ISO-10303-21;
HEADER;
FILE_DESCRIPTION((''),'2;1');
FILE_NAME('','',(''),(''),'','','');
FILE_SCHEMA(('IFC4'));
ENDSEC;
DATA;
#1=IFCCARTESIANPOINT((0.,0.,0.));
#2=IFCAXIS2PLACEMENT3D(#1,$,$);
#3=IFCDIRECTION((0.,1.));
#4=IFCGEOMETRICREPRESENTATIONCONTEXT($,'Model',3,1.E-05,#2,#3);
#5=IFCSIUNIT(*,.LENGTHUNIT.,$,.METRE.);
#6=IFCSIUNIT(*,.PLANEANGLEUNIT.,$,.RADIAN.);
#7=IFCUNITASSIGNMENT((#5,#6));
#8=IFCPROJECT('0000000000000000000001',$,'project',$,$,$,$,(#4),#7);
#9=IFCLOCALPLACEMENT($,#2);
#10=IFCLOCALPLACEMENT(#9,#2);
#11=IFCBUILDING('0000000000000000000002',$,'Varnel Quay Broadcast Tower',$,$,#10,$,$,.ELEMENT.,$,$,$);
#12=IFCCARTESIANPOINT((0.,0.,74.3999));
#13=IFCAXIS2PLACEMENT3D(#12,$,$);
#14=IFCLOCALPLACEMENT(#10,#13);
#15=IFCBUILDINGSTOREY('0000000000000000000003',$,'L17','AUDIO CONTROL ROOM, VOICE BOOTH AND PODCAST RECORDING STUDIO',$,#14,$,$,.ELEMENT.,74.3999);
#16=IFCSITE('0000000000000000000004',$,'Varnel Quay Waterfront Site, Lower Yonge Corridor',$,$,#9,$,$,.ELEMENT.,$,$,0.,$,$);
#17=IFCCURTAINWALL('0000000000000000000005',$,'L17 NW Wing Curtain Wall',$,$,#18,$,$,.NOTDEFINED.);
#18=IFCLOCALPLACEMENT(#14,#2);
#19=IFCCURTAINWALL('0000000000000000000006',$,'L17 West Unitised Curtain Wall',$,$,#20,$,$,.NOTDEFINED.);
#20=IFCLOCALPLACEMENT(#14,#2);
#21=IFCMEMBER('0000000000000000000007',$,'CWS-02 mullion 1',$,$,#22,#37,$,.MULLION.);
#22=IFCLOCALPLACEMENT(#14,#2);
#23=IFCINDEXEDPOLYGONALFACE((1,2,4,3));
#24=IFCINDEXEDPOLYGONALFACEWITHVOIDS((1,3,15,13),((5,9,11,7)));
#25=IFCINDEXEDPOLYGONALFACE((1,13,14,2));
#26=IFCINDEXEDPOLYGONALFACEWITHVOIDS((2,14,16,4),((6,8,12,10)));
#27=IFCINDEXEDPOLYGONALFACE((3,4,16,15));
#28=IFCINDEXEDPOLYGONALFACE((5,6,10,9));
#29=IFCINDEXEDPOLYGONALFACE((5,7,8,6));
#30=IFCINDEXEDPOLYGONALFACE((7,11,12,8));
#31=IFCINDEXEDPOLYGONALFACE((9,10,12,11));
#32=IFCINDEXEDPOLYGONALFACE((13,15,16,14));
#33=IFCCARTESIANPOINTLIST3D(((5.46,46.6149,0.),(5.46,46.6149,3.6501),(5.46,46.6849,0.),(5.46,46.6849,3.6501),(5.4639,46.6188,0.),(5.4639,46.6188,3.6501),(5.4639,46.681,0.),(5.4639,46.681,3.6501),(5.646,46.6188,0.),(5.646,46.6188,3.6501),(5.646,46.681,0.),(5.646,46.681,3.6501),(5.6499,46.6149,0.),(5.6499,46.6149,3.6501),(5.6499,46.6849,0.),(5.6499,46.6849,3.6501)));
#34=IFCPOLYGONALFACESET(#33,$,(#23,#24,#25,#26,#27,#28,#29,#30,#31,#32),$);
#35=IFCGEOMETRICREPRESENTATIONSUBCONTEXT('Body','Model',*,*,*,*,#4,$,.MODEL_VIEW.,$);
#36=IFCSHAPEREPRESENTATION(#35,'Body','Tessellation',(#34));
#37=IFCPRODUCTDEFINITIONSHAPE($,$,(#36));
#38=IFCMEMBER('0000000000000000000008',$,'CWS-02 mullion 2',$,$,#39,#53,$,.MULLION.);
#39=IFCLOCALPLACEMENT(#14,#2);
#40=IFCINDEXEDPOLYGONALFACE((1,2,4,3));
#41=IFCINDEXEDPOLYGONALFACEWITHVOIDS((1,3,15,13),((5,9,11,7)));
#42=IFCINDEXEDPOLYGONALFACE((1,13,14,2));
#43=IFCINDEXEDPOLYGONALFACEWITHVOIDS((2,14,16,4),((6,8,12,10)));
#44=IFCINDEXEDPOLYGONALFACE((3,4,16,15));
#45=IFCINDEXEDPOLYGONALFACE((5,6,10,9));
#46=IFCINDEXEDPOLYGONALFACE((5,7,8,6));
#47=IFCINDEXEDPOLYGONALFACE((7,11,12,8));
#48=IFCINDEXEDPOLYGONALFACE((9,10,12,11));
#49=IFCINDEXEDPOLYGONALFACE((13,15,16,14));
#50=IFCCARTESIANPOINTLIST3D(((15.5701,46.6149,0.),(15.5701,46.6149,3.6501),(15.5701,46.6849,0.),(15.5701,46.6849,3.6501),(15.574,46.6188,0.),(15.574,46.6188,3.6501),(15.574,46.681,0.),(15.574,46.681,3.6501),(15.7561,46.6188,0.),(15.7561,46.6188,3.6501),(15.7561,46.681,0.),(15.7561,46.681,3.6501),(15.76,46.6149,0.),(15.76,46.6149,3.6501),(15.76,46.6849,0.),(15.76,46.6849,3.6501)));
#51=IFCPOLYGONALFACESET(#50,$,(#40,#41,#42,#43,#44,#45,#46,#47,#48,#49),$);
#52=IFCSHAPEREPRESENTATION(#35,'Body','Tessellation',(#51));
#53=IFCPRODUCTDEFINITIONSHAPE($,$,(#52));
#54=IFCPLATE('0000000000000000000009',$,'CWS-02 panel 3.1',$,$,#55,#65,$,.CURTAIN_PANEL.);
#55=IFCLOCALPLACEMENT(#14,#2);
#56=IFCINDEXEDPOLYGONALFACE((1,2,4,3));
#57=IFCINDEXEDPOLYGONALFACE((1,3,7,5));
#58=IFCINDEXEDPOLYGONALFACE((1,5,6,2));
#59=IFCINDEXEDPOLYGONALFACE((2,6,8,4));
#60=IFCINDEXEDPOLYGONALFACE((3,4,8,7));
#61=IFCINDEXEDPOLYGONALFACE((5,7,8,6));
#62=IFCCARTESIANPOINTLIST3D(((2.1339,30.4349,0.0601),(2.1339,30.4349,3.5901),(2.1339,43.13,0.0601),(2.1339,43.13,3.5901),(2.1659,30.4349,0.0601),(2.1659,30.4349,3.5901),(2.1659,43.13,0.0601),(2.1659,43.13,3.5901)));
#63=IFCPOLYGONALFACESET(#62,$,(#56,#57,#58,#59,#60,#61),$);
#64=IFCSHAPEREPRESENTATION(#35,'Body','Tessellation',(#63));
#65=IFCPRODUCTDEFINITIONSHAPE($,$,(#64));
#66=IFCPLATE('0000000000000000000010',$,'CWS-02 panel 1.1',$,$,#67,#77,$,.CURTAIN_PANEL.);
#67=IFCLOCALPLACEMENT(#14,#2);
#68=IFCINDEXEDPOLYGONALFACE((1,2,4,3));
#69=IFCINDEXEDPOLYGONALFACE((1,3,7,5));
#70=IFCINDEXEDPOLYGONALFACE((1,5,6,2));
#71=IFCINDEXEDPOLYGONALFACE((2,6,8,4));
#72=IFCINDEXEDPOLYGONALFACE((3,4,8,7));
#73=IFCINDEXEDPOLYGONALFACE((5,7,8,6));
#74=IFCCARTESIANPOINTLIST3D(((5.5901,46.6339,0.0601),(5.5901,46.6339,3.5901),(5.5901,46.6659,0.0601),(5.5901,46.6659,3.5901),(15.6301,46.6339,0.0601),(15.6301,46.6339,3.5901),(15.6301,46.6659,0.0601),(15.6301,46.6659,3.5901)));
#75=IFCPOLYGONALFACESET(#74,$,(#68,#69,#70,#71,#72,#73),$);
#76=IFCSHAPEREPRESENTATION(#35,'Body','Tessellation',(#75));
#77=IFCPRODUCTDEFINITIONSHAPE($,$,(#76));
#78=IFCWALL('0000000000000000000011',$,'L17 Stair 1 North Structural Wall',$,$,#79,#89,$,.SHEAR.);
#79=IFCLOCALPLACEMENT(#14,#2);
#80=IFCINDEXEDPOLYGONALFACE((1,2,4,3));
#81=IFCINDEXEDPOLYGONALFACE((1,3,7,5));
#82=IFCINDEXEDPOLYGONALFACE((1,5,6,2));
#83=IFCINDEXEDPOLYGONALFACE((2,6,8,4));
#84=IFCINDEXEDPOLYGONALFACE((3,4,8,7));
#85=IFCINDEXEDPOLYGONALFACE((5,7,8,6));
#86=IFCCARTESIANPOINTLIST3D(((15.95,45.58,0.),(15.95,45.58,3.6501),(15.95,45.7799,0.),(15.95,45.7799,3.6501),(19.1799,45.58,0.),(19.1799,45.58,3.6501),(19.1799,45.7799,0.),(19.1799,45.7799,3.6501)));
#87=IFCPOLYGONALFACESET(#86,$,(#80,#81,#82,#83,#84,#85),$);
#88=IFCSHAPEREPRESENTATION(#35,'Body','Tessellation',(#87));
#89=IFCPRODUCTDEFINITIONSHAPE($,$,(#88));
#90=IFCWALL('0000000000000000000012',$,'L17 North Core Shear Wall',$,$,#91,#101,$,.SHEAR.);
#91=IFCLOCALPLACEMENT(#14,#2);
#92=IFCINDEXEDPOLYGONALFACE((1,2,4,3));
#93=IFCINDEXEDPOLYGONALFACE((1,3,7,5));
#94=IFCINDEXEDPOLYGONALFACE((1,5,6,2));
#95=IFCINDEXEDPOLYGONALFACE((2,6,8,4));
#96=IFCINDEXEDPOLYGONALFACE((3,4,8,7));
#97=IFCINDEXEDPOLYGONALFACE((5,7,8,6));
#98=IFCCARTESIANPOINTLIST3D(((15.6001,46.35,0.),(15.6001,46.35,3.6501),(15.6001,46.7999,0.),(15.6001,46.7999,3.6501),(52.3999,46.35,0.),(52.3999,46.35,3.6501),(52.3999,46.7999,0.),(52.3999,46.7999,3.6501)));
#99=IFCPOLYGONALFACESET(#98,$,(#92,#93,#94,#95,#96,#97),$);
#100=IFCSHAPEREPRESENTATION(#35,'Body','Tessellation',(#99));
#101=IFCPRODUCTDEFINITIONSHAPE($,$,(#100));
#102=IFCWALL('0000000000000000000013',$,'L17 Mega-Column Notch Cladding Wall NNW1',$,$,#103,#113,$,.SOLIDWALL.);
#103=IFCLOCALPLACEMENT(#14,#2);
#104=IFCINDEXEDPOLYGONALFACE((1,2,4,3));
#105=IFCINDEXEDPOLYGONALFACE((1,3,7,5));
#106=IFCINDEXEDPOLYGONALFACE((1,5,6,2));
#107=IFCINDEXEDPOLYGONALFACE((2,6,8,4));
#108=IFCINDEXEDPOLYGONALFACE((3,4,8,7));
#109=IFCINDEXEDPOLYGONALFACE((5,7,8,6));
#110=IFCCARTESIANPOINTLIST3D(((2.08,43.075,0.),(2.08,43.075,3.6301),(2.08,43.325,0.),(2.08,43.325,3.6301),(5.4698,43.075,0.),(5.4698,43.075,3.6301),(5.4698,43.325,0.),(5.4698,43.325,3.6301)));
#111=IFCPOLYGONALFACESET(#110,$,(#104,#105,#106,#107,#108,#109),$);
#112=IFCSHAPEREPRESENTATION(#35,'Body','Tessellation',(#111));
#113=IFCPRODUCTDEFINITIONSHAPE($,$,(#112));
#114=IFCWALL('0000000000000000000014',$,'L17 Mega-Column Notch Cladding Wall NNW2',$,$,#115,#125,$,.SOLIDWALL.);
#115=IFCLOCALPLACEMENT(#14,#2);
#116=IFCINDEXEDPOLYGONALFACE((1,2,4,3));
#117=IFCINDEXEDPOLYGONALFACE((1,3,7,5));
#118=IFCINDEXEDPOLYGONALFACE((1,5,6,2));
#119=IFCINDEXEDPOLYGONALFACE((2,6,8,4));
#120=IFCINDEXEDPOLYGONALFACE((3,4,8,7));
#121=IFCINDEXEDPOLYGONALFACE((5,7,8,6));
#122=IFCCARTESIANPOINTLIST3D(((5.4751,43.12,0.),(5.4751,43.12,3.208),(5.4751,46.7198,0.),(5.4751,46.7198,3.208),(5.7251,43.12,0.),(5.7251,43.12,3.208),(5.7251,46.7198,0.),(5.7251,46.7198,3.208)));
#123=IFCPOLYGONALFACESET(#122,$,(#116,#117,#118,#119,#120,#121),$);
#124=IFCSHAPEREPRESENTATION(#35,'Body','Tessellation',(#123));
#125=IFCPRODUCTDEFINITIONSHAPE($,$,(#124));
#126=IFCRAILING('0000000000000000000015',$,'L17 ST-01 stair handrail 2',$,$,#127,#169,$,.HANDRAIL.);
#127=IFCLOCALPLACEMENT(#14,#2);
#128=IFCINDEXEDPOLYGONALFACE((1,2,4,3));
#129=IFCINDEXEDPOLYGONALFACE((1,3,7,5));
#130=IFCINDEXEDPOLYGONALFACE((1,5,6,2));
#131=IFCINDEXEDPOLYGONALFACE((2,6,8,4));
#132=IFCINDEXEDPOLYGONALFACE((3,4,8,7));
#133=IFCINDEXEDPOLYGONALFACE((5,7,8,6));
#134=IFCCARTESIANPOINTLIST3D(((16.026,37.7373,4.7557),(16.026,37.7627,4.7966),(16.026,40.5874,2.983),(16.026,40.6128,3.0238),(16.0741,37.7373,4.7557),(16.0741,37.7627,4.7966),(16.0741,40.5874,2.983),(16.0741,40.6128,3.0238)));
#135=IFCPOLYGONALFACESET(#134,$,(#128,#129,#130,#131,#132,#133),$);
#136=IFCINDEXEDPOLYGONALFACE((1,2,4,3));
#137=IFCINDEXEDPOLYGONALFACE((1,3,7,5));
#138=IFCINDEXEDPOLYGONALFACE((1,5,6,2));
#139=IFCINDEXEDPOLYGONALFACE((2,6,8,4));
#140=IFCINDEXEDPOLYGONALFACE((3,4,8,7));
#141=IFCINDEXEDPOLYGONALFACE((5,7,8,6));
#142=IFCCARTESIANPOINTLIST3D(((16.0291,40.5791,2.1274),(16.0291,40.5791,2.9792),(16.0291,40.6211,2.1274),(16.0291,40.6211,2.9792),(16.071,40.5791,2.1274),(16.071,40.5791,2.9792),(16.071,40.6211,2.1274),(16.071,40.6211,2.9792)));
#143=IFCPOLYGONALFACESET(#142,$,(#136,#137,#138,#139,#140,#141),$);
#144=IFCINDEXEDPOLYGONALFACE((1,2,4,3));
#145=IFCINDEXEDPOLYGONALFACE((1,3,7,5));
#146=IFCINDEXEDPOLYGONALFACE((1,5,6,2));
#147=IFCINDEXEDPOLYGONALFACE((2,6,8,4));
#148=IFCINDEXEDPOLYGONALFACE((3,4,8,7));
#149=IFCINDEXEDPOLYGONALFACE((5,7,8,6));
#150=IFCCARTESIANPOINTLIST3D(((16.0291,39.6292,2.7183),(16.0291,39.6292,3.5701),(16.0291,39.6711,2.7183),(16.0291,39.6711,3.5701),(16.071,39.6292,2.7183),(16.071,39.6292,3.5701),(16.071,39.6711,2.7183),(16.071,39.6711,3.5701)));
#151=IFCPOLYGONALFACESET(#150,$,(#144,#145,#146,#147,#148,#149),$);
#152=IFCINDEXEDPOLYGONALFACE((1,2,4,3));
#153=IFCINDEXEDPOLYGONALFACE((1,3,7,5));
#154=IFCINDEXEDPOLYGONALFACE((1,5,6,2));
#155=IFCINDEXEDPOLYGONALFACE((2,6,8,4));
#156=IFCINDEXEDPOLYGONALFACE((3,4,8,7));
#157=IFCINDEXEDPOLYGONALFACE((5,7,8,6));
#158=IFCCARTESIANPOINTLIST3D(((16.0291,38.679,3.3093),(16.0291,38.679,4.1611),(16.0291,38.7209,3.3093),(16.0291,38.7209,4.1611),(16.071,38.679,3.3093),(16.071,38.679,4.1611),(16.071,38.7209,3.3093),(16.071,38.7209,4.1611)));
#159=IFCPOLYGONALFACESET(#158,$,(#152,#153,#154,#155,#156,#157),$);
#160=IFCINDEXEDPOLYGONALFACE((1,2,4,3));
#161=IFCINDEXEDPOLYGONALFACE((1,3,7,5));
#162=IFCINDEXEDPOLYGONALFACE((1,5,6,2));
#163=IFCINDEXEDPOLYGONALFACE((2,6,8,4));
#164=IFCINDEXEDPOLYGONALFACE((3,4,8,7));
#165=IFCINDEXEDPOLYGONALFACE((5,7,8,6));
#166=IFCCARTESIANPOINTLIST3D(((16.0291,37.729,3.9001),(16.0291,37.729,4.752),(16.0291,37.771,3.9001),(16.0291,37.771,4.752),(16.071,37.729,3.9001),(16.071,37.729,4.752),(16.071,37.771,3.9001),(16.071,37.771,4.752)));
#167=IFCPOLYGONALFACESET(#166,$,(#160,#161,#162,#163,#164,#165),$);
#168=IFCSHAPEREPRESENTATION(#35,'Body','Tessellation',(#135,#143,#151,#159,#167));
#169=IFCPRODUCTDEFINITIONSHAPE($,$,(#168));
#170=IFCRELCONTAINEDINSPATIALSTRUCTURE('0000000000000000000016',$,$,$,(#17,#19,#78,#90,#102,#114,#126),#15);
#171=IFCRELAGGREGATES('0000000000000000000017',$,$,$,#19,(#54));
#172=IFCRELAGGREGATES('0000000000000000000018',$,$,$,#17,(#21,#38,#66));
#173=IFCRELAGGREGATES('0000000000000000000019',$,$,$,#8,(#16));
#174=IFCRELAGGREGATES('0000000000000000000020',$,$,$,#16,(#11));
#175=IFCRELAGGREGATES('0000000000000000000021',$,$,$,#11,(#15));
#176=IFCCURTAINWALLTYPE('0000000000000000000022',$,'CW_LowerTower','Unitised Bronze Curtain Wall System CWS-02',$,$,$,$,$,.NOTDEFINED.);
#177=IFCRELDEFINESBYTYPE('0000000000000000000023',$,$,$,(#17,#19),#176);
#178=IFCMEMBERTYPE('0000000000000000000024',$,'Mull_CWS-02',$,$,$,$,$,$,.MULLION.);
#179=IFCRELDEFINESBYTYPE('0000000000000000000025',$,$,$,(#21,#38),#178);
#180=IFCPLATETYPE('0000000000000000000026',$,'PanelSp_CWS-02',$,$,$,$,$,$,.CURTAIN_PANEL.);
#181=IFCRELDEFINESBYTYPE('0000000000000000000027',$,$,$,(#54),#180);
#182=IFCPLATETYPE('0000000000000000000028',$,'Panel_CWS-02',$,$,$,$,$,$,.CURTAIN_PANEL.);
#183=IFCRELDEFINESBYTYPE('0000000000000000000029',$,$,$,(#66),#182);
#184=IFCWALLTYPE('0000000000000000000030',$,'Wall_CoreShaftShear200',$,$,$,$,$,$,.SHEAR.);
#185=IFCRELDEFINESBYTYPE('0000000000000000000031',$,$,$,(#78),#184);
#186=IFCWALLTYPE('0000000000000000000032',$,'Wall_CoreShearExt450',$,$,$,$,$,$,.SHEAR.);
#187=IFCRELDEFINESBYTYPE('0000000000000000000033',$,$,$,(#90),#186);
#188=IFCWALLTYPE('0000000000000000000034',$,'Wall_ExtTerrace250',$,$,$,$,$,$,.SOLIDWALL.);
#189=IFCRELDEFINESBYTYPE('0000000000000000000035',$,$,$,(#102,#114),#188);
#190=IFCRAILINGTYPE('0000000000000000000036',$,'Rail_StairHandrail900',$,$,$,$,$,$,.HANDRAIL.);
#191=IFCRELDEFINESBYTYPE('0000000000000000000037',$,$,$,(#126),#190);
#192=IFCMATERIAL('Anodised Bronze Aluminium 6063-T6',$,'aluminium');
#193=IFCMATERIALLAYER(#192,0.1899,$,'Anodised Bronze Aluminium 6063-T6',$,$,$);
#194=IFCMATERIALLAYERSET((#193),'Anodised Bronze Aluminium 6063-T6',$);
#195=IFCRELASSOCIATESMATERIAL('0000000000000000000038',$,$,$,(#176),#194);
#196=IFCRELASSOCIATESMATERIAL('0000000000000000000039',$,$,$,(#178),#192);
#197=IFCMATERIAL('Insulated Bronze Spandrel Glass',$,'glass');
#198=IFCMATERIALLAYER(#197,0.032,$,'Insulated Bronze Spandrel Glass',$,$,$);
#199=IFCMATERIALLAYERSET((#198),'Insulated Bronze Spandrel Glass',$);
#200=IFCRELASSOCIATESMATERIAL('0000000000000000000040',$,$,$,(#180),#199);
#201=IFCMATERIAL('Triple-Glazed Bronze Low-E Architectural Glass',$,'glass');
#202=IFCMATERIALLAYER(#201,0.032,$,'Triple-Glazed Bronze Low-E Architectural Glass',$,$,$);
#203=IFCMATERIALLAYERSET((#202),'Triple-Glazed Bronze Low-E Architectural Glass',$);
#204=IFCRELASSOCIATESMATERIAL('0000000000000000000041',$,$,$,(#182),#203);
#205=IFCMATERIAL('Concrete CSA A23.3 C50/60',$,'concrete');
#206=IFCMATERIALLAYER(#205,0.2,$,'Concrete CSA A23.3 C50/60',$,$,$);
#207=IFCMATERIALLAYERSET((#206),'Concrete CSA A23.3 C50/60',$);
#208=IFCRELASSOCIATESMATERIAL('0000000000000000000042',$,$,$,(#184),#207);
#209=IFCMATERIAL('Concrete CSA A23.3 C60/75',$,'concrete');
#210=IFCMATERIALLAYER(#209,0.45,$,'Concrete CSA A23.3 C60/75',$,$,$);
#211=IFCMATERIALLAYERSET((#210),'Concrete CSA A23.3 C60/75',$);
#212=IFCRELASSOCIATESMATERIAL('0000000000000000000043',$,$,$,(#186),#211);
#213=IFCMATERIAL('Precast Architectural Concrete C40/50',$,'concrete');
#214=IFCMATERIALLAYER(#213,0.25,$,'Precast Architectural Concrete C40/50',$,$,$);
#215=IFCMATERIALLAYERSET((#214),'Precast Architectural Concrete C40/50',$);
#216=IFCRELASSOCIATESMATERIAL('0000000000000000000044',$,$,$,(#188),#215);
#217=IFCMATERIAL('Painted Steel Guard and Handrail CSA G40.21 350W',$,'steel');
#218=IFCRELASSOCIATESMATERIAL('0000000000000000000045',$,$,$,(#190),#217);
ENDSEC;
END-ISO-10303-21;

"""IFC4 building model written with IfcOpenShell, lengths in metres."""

from ifc_helpers import new_model, si_unit, direction, frame, frame_2d, origin, origin_2d, place, context, subcontext, project, spatial, rectangle, hollow_rectangle, extrude, source, transform, mapped, material, layer, layer_set, material_profile, profile_set, type_object, type_shapes, element, aggregate, save


model = new_model("IFC4")

# Units and contexts
model_context = context("Model", 3, precision=1e-05, world=origin(), true_north=direction((0.0, 1.0)))
body_context = subcontext(model_context, "Body", "Model", "MODEL_VIEW")
ifc_project = project(units=[si_unit("LENGTHUNIT", "METRE"), si_unit("PLANEANGLEUNIT", "RADIAN")], contexts=[model_context])

# Site, building, storey
site_placement = place(None, origin())
site = spatial("IfcSite", under=ifc_project, at=site_placement, Name="Varnel Quay Waterfront Site, Lower Yonge Corridor", CompositionType="ELEMENT", RefElevation=0.0)
building_placement = place(site_placement, origin())
building = spatial("IfcBuilding", under=site, at=building_placement, Name="Varnel Quay Broadcast Tower", CompositionType="ELEMENT")
storey_placement = place(building_placement, frame((0.0, 0.0, 74.3999)))
storey = spatial("IfcBuildingStorey", under=building, at=storey_placement, Name="L17", Description="AUDIO CONTROL ROOM, VOICE BOOTH AND PODCAST RECORDING STUDIO", CompositionType="ELEMENT", Elevation=74.3999)

# Curtain wall
ifc_material_1 = material(Name="Anodised Bronze Aluminium 6063-T6", Category="aluminium")
ifc_layer_1 = layer(ifc_material_1, 0.1899, Name="Anodised Bronze Aluminium 6063-T6")
ifc_layer_set_1 = layer_set([ifc_layer_1], Name="Anodised Bronze Aluminium 6063-T6")
curtain_wall_type = type_object("IfcCurtainWallType", Name="CW_LowerTower", Description="Unitised Bronze Curtain Wall System CWS-02", PredefinedType="NOTDEFINED", material=ifc_layer_set_1)
curtain_wall_1_placement = place(storey_placement, origin())
curtain_wall_1 = element("IfcCurtainWall", 1, at=curtain_wall_1_placement, inside=storey, type_object=curtain_wall_type, Name="L17 NW Wing Curtain Wall", PredefinedType="NOTDEFINED")

# Curtain wall
curtain_wall_2_placement = place(storey_placement, origin())
curtain_wall_2 = element("IfcCurtainWall", 2, at=curtain_wall_2_placement, inside=storey, type_object=curtain_wall_type, Name="L17 West Unitised Curtain Wall", PredefinedType="NOTDEFINED")
ifc_material_profile_1 = material_profile(ifc_material_1, hollow_rectangle(XDim=0.0701, YDim=0.1899, WallThickness=0.0039, at=origin_2d()), Name="ALU70X190X4")
ifc_profile_set_1 = profile_set([ifc_material_profile_1], Name="Anodised Bronze Aluminium 6063-T6")
member_type_1 = type_object("IfcMemberType", Name="Mull_CWS-02", PredefinedType="MULLION", material=ifc_profile_set_1)
shared_shape_1 = source(origin(), body_context, "Body", "SweptSolid", [
    extrude(hollow_rectangle(XDim=0.0701, YDim=0.1899, WallThickness=0.0039, at=origin_2d()), origin(), (0.0, 0.0, 1.0), 3.6501),
])
type_shapes(member_type_1, [shared_shape_1])

# Members
member_1_placement = place(storey_placement, frame((5.5549, 46.6499, 0.0), z_axis=(0.0, 0.0, 1.0), x_axis=(0.0, 1.0, 0.0)))
member_1 = element("IfcMember", 3, at=member_1_placement, type_object=member_type_1, Name="CWS-02 mullion 1", PredefinedType="MULLION", context=body_context, shape_type="MappedRepresentation", body=[
    mapped(shared_shape_1, transform((0.0, 0.0, 0.0), x_axis=(1.0, 0.0, 0.0), y_axis=(0.0, 1.0, 0.0), z_axis=(0.0, 0.0, 1.0), scale=1.0)),
])
member_2_placement = place(storey_placement, frame((15.665, 46.6499, 0.0), z_axis=(0.0, 0.0, 1.0), x_axis=(0.0, 1.0, 0.0)))
member_2 = element("IfcMember", 4, at=member_2_placement, type_object=member_type_1, Name="CWS-02 mullion 2", PredefinedType="MULLION", context=body_context, shape_type="MappedRepresentation", body=[
    mapped(shared_shape_1, transform((0.0, 0.0, 0.0), x_axis=(1.0, 0.0, 0.0), y_axis=(0.0, 1.0, 0.0), z_axis=(0.0, 0.0, 1.0), scale=1.0)),
])

# Plates
ifc_material_2 = material(Name="Insulated Bronze Spandrel Glass", Category="glass")
ifc_layer_2 = layer(ifc_material_2, 0.032, Name="Insulated Bronze Spandrel Glass")
ifc_layer_set_2 = layer_set([ifc_layer_2], Name="Insulated Bronze Spandrel Glass")
plate_type_1 = type_object("IfcPlateType", Name="PanelSp_CWS-02", PredefinedType="CURTAIN_PANEL", material=ifc_layer_set_2)
shared_shape_2 = source(origin(), body_context, "Body", "SweptSolid", [
    extrude(rectangle(XDim=12.6951, YDim=0.032, at=origin_2d()), origin(), (0.0, 0.0, 1.0), 3.53),
])
type_shapes(plate_type_1, [shared_shape_2])
plate_1_placement = place(storey_placement, frame((2.1499, 36.7825, 0.0601), z_axis=(0.0, 0.0, 1.0), x_axis=(0.0, 1.0, 0.0)))
plate_1 = element("IfcPlate", 5, at=plate_1_placement, type_object=plate_type_1, Name="CWS-02 panel 3.1", PredefinedType="CURTAIN_PANEL", context=body_context, shape_type="MappedRepresentation", body=[
    mapped(shared_shape_2, transform((0.0, 0.0, 0.0), x_axis=(1.0, 0.0, 0.0), y_axis=(0.0, 1.0, 0.0), z_axis=(0.0, 0.0, 1.0), scale=1.0)),
])
aggregate(curtain_wall_2, [plate_1])
ifc_material_3 = material(Name="Triple-Glazed Bronze Low-E Architectural Glass", Category="glass")
ifc_layer_3 = layer(ifc_material_3, 0.032, Name="Triple-Glazed Bronze Low-E Architectural Glass")
ifc_layer_set_3 = layer_set([ifc_layer_3], Name="Triple-Glazed Bronze Low-E Architectural Glass")
plate_type_2 = type_object("IfcPlateType", Name="Panel_CWS-02", PredefinedType="CURTAIN_PANEL", material=ifc_layer_set_3)
shared_shape_3 = source(origin(), body_context, "Body", "SweptSolid", [
    extrude(rectangle(XDim=10.04, YDim=0.032, at=origin_2d()), origin(), (0.0, 0.0, 1.0), 3.53),
])
type_shapes(plate_type_2, [shared_shape_3])
plate_2_placement = place(storey_placement, frame((10.6101, 46.6499, 0.0601), z_axis=(0.0, 0.0, 1.0), x_axis=(1.0, 0.0, 0.0)))
plate_2 = element("IfcPlate", 6, at=plate_2_placement, type_object=plate_type_2, Name="CWS-02 panel 1.1", PredefinedType="CURTAIN_PANEL", context=body_context, shape_type="MappedRepresentation", body=[
    mapped(shared_shape_3, transform((0.0, 0.0, 0.0), x_axis=(1.0, 0.0, 0.0), y_axis=(0.0, 1.0, 0.0), z_axis=(0.0, 0.0, 1.0), scale=1.0)),
])
aggregate(curtain_wall_1, [member_1, member_2, plate_2])

# Walls
ifc_material_4 = material(Name="Concrete CSA A23.3 C50/60", Category="concrete")
ifc_layer_4 = layer(ifc_material_4, 0.2, Name="Concrete CSA A23.3 C50/60")
ifc_layer_set_4 = layer_set([ifc_layer_4], Name="Concrete CSA A23.3 C50/60")
wall_type_1 = type_object("IfcWallType", Name="Wall_CoreShaftShear200", PredefinedType="SHEAR", material=ifc_layer_set_4)
wall_1_placement = place(storey_placement, frame((15.95, 45.6799, 0.0), z_axis=(0.0, 0.0, 1.0), x_axis=(1.0, 0.0, 0.0)))
element("IfcWall", 7, at=wall_1_placement, inside=storey, type_object=wall_type_1, Name="L17 Stair 1 North Structural Wall", PredefinedType="SHEAR", context=body_context, shape_type="SweptSolid", body=[
    extrude(rectangle(XDim=3.23, YDim=0.2, at=frame_2d((1.615, 0.0))), origin(), (0.0, 0.0, 1.0), 3.6501),
])
ifc_material_5 = material(Name="Concrete CSA A23.3 C60/75", Category="concrete")
ifc_layer_5 = layer(ifc_material_5, 0.45, Name="Concrete CSA A23.3 C60/75")
ifc_layer_set_5 = layer_set([ifc_layer_5], Name="Concrete CSA A23.3 C60/75")
wall_type_2 = type_object("IfcWallType", Name="Wall_CoreShearExt450", PredefinedType="SHEAR", material=ifc_layer_set_5)
wall_2_placement = place(storey_placement, frame((15.6001, 46.575, 0.0), z_axis=(0.0, 0.0, 1.0), x_axis=(1.0, 0.0, 0.0)))
element("IfcWall", 8, at=wall_2_placement, inside=storey, type_object=wall_type_2, Name="L17 North Core Shear Wall", PredefinedType="SHEAR", context=body_context, shape_type="SweptSolid", body=[
    extrude(rectangle(XDim=36.7998, YDim=0.45, at=frame_2d((18.3999, 0.0))), origin(), (0.0, 0.0, 1.0), 3.6501),
])
ifc_material_6 = material(Name="Precast Architectural Concrete C40/50", Category="concrete")
ifc_layer_6 = layer(ifc_material_6, 0.25, Name="Precast Architectural Concrete C40/50")
ifc_layer_set_6 = layer_set([ifc_layer_6], Name="Precast Architectural Concrete C40/50")
wall_type_3 = type_object("IfcWallType", Name="Wall_ExtTerrace250", PredefinedType="SOLIDWALL", material=ifc_layer_set_6)
wall_3_placement = place(storey_placement, frame((2.0801, 43.2, 0.0), z_axis=(0.0, 0.0, 1.0), x_axis=(1.0, 0.0, 0.0)))
element("IfcWall", 9, at=wall_3_placement, inside=storey, type_object=wall_type_3, Name="L17 Mega-Column Notch Cladding Wall NNW1", PredefinedType="SOLIDWALL", context=body_context, shape_type="SweptSolid", body=[
    extrude(rectangle(XDim=3.3899, YDim=0.25, at=frame_2d((1.6948, 0.0))), origin(), (0.0, 0.0, 1.0), 3.6301),
])
wall_4_placement = place(storey_placement, frame((5.6001, 43.1201, 0.0), z_axis=(0.0, 0.0, 1.0), x_axis=(0.0, 1.0, 0.0)))
element("IfcWall", 10, at=wall_4_placement, inside=storey, type_object=wall_type_3, Name="L17 Mega-Column Notch Cladding Wall NNW2", PredefinedType="SOLIDWALL", context=body_context, shape_type="SweptSolid", body=[
    extrude(rectangle(XDim=3.5999, YDim=0.25, at=frame_2d((1.7998, 0.0))), origin(), (0.0, 0.0, 1.0), 3.208),
])

# Railing
ifc_material_7 = material(Name="Painted Steel Guard and Handrail CSA G40.21 350W", Category="steel")
railing_type = type_object("IfcRailingType", Name="Rail_StairHandrail900", PredefinedType="HANDRAIL", material=ifc_material_7)
railing_placement = place(storey_placement, frame((16.05, 40.6001, 2.1274)))
element("IfcRailing", 11, at=railing_placement, inside=storey, type_object=railing_type, Name="L17 ST-01 stair handrail 2", PredefinedType="HANDRAIL", context=body_context, shape_type="SweptSolid", body=[
    extrude(rectangle(XDim=0.0481, YDim=0.0481, at=origin_2d()), frame((0.0, 0.0, 0.876), z_axis=(0.0, -0.849149, 0.528154), x_axis=(1.0, 0.0, 0.0)), (0.0, 0.0, 1.0), 3.3564),
    extrude(rectangle(XDim=0.042, YDim=0.042, at=origin_2d()), origin(), (0.0, 0.0, 1.0), 0.8518),
    extrude(rectangle(XDim=0.042, YDim=0.042, at=origin_2d()), frame((0.0, -0.95, 0.5908)), (0.0, 0.0, 1.0), 0.8518),
    extrude(rectangle(XDim=0.042, YDim=0.042, at=origin_2d()), frame((0.0, -1.9001, 1.1819)), (0.0, 0.0, 1.0), 0.8518),
    extrude(rectangle(XDim=0.042, YDim=0.042, at=origin_2d()), frame((0.0, -2.8501, 1.7727)), (0.0, 0.0, 1.0), 0.8518),
])

save(model, "model.ifc")
